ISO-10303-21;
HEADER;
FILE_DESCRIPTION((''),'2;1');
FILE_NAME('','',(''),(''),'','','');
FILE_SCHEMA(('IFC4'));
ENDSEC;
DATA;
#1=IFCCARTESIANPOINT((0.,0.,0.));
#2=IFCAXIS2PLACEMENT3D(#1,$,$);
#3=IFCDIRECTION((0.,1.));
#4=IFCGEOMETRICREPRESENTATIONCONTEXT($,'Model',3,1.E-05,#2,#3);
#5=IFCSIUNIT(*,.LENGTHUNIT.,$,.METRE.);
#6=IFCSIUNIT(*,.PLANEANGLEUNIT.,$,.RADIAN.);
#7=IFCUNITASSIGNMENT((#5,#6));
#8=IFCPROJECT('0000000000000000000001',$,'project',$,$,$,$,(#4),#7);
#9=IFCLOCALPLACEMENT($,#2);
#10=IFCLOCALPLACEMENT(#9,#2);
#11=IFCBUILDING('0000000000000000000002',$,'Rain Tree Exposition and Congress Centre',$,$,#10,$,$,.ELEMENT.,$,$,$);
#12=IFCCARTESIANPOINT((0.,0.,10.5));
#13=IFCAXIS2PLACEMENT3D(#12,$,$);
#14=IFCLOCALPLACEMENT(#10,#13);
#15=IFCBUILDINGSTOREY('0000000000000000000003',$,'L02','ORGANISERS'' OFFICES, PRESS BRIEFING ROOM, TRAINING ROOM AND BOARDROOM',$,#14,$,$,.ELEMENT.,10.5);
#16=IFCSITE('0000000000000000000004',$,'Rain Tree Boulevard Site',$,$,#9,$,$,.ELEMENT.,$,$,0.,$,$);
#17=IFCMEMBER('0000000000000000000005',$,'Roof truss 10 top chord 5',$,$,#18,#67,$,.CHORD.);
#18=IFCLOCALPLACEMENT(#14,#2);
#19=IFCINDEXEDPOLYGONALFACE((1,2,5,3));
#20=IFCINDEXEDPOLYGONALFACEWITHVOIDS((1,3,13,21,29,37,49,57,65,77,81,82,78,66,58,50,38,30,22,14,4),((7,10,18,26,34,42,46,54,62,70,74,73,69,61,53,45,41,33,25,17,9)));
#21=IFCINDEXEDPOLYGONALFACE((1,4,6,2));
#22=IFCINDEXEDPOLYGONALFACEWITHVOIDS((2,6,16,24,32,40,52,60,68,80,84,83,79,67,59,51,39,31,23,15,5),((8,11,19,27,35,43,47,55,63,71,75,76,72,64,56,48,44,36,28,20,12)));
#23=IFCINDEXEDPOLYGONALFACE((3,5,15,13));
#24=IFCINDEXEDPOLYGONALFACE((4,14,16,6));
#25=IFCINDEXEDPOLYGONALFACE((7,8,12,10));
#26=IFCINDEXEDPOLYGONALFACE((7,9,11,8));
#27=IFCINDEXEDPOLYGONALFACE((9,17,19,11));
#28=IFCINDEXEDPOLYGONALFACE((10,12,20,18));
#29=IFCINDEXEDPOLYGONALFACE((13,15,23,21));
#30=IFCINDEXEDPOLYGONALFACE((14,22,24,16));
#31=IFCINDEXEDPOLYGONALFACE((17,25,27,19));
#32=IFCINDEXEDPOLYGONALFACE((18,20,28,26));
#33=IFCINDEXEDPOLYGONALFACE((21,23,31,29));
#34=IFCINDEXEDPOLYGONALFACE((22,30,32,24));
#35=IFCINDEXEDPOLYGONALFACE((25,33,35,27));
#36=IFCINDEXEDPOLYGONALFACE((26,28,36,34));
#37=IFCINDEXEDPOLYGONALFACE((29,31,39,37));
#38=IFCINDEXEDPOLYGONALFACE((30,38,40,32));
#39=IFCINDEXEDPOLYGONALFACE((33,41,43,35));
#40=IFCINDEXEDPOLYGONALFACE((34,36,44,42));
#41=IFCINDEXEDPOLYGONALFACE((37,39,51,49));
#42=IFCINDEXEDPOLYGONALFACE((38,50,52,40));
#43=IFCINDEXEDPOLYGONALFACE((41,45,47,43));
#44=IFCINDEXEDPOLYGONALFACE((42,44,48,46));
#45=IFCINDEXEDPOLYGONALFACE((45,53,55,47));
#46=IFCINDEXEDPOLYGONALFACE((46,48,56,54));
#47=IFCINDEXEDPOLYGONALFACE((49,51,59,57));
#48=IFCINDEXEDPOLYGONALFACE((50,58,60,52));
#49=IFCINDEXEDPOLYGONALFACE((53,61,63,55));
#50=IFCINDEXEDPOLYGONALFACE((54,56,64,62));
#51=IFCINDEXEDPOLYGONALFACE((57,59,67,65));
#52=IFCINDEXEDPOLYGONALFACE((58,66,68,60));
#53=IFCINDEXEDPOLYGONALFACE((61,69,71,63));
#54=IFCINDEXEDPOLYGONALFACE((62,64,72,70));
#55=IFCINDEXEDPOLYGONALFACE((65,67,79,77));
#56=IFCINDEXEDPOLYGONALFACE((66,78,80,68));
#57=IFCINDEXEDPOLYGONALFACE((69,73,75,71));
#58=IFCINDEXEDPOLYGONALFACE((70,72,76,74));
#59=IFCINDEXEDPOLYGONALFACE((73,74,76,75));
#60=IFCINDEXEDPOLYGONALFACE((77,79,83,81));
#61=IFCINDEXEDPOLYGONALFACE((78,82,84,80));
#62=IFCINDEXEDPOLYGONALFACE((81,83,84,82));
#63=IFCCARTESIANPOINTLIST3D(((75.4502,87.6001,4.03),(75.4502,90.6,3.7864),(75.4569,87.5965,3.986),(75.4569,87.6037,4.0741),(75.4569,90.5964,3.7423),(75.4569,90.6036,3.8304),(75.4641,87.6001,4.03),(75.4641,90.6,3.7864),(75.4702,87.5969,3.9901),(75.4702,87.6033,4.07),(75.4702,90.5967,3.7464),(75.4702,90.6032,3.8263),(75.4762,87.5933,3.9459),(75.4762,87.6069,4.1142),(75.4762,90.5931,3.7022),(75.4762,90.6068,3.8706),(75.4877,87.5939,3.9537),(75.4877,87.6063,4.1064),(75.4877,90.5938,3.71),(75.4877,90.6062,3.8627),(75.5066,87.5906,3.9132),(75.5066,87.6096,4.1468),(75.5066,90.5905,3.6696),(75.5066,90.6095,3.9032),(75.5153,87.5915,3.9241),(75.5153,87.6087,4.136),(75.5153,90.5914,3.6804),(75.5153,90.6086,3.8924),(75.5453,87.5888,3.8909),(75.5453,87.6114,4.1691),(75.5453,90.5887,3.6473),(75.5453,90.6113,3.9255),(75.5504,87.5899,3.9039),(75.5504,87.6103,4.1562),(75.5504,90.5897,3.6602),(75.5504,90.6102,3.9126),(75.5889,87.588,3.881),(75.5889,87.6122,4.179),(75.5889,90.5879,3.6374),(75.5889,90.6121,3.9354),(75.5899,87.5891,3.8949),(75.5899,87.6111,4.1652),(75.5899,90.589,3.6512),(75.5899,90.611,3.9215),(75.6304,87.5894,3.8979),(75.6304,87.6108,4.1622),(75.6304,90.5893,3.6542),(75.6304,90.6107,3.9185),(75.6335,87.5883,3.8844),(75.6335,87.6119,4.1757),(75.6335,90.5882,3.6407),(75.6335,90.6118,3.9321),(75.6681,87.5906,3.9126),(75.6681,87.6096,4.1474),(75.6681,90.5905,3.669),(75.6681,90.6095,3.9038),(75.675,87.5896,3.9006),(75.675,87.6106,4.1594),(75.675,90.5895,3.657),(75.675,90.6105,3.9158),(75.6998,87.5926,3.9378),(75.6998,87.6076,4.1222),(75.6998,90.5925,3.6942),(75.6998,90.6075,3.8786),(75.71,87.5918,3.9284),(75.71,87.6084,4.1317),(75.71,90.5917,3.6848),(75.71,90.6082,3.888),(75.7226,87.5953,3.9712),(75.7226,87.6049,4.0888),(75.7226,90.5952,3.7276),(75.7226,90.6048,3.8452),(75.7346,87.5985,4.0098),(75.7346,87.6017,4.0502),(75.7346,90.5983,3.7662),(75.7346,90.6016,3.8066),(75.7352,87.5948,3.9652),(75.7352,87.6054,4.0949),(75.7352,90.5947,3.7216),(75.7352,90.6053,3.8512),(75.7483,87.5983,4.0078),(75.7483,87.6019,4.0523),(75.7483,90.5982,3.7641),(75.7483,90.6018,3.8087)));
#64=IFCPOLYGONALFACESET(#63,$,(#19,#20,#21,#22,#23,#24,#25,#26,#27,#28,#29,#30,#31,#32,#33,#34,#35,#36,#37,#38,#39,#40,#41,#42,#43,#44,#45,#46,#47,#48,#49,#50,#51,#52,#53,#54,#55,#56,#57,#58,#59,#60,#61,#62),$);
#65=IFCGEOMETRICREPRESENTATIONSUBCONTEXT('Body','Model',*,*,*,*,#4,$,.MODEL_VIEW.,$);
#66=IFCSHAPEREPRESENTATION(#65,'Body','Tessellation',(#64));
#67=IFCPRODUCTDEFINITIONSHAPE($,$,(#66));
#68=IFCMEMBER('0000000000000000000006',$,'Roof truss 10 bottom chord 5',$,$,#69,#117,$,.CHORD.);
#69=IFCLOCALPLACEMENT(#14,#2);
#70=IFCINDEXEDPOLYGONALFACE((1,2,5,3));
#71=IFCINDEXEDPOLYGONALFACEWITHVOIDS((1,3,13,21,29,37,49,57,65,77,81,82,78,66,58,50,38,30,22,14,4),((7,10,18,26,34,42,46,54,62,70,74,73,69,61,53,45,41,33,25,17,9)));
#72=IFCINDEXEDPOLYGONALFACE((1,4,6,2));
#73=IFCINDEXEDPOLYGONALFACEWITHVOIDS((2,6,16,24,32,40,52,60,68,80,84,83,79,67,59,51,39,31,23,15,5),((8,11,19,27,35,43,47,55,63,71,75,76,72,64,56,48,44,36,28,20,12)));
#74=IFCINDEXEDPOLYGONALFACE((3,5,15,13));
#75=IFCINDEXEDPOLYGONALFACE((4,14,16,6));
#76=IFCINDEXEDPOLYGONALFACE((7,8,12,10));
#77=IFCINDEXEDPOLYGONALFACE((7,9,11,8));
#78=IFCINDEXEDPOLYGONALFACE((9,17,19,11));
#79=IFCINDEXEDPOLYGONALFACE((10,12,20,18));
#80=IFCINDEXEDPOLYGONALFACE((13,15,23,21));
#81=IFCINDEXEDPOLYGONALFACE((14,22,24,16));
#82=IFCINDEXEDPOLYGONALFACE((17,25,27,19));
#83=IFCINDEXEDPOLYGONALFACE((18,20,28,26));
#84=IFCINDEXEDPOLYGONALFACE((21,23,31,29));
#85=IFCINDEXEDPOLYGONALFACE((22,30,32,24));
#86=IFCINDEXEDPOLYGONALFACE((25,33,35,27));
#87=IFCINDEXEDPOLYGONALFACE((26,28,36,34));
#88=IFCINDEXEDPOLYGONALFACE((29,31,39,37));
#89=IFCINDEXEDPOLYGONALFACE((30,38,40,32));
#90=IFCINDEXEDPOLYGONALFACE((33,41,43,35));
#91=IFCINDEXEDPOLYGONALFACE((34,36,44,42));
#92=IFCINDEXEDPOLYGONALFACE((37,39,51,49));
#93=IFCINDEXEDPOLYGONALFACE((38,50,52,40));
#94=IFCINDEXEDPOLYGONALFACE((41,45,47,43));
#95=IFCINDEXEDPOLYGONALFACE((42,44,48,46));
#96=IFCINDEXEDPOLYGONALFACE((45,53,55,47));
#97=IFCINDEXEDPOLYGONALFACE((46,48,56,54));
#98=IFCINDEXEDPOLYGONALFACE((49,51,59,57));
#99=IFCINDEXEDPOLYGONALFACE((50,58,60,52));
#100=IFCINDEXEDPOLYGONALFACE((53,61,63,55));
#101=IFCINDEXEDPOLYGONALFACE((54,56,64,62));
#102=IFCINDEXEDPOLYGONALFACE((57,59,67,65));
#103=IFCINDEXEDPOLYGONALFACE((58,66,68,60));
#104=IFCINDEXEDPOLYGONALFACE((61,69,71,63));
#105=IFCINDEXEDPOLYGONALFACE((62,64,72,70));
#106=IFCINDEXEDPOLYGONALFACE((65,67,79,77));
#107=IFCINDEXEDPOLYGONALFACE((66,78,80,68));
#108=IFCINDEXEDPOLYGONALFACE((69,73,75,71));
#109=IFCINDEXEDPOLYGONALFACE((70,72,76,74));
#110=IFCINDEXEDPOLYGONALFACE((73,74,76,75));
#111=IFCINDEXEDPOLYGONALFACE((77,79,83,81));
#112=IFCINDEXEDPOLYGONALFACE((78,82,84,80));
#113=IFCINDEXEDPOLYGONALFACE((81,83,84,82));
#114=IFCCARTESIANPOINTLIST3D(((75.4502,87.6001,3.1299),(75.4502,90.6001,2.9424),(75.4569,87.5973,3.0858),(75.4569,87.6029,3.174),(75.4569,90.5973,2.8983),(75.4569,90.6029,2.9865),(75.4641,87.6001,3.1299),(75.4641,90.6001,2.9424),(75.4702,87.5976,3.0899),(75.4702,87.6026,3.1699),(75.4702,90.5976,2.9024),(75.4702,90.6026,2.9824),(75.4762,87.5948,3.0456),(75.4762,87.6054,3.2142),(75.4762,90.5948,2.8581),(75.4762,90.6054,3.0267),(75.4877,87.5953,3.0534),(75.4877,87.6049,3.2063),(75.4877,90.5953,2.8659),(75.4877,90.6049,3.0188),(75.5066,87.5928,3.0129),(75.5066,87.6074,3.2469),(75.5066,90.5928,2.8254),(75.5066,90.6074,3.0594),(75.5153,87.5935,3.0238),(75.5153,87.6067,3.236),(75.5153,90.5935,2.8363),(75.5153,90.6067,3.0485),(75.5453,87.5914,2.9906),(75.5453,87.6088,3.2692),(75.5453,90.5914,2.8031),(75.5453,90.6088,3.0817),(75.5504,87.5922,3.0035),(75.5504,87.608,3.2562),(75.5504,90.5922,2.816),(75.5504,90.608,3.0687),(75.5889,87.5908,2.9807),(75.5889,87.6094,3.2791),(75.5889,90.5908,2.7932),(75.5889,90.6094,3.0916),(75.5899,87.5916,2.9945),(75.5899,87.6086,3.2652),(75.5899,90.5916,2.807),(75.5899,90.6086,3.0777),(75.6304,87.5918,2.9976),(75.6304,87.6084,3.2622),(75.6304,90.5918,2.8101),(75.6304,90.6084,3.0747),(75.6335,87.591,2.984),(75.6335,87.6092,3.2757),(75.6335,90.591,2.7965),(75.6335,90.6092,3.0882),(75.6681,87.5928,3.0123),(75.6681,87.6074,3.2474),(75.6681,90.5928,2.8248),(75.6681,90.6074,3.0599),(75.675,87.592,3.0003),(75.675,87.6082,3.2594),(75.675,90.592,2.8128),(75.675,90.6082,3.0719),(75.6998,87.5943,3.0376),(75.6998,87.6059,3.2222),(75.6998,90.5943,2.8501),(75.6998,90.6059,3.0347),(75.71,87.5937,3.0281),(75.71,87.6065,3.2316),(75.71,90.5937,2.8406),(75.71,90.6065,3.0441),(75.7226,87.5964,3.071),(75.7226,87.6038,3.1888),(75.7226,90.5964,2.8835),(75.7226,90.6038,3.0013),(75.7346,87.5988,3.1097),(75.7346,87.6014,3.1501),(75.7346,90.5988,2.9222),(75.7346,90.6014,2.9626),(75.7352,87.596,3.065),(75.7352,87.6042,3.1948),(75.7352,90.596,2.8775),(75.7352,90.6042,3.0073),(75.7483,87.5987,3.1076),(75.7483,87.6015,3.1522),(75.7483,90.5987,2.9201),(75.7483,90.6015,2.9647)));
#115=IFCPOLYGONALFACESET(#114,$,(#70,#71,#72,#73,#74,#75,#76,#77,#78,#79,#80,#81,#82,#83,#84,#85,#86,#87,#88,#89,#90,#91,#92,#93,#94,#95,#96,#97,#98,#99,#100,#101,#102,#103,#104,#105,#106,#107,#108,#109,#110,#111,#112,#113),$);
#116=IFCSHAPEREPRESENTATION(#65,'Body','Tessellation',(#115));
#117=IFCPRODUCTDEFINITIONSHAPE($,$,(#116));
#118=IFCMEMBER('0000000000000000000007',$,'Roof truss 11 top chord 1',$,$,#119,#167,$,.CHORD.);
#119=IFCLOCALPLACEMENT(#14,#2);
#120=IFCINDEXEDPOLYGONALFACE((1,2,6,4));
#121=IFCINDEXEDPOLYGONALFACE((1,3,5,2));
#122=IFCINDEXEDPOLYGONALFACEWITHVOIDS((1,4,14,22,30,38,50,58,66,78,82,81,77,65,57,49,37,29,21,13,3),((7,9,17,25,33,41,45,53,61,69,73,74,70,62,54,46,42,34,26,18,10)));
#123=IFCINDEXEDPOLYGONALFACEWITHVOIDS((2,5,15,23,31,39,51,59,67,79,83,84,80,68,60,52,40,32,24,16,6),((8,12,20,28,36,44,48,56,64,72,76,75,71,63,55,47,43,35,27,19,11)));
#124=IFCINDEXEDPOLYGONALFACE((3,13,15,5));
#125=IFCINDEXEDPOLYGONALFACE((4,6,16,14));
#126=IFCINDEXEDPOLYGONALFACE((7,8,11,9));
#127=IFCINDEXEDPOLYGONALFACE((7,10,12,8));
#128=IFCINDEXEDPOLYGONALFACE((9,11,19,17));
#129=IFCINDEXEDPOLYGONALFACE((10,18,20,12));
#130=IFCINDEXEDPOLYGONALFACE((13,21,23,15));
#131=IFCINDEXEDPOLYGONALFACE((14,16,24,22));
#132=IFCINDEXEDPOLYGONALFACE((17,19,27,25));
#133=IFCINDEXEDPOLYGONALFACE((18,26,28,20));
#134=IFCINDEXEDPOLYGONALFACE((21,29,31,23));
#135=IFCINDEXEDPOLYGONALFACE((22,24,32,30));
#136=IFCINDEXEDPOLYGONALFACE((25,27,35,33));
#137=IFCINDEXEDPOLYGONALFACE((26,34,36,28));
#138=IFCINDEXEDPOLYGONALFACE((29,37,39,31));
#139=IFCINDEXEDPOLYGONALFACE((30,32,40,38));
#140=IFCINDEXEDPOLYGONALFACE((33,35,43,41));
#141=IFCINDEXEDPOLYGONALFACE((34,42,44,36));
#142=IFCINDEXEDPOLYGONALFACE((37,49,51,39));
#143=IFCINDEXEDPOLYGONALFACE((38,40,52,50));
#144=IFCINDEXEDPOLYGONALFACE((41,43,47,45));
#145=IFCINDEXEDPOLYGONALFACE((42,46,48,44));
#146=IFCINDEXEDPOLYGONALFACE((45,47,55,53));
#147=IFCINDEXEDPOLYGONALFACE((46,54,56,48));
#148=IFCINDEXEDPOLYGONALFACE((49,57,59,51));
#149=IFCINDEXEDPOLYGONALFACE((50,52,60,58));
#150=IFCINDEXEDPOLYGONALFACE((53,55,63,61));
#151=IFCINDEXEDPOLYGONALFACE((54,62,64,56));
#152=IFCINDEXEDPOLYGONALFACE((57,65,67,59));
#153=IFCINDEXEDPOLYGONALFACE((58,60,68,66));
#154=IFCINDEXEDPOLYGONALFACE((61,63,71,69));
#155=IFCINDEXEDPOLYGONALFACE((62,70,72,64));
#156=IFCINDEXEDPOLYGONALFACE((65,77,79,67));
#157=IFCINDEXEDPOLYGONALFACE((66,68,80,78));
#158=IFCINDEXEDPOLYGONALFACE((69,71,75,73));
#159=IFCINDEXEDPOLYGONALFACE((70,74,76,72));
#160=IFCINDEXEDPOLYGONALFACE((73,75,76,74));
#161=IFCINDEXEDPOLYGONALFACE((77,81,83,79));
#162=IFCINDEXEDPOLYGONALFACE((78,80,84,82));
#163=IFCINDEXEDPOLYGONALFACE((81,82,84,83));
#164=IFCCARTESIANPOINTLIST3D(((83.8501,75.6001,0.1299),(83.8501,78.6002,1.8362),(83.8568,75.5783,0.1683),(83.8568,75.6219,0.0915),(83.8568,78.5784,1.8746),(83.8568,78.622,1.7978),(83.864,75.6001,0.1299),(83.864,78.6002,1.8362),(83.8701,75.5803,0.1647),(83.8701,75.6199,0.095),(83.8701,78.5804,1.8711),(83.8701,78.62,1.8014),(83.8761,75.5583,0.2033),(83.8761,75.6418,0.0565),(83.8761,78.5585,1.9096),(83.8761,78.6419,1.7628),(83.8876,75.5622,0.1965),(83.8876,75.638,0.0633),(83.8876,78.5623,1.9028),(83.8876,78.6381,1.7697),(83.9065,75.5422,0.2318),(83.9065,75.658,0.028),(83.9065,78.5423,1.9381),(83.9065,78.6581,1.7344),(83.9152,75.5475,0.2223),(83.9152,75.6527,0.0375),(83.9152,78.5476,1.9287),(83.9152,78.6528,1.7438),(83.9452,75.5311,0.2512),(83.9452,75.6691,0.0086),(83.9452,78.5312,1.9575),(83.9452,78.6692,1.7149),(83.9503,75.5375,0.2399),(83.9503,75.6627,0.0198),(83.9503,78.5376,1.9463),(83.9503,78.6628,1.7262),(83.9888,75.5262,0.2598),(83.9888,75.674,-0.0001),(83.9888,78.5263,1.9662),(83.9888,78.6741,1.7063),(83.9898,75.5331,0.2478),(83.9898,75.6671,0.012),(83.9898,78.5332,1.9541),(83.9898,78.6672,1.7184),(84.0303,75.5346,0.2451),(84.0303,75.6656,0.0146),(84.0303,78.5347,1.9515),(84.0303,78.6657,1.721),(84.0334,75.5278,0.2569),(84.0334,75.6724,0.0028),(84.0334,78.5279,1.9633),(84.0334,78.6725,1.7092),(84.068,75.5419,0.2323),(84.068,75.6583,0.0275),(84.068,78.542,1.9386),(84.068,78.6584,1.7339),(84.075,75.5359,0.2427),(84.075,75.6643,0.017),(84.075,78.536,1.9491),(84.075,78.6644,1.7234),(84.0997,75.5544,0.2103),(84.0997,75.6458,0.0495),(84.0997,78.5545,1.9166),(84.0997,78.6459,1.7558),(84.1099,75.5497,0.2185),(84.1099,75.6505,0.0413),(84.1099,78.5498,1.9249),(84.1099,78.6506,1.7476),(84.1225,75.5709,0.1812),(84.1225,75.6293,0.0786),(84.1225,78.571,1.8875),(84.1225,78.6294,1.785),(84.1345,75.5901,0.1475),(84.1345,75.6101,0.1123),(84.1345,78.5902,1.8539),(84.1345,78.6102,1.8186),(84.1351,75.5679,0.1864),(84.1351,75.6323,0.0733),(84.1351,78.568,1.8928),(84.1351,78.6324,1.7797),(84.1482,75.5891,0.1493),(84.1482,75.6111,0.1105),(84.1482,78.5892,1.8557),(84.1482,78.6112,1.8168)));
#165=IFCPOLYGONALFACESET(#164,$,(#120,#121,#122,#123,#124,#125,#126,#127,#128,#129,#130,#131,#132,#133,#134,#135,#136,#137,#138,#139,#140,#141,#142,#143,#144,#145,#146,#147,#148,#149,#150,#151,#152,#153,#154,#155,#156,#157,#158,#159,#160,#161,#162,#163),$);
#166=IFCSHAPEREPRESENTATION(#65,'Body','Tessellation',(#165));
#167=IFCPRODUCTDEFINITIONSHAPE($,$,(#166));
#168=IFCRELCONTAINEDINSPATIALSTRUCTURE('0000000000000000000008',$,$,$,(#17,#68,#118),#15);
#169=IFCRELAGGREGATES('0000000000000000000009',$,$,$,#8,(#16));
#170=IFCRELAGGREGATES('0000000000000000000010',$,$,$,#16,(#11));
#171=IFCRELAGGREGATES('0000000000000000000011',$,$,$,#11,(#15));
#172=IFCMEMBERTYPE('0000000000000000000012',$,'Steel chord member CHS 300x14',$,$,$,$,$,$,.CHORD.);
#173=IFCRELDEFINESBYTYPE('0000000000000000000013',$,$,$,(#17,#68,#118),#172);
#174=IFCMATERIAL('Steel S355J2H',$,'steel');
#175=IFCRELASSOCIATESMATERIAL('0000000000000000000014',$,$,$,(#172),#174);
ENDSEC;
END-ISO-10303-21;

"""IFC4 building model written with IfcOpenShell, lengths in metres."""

from ifc_helpers import new_model, si_unit, direction, frame, origin, origin_2d, place, context, subcontext, project, spatial, hollow_circle, extrude, material, material_profile, profile_set, type_object, element, save


model = new_model("IFC4")

# Units and contexts
model_context = context("Model", 3, precision=1e-05, world=origin(), true_north=direction((0.0, 1.0)))
body_context = subcontext(model_context, "Body", "Model", "MODEL_VIEW")
ifc_project = project(units=[si_unit("LENGTHUNIT", "METRE"), si_unit("PLANEANGLEUNIT", "RADIAN")], contexts=[model_context])

# Site, building, storey
site_placement = place(None, origin())
site = spatial("IfcSite", under=ifc_project, at=site_placement, Name="Rain Tree Boulevard Site", CompositionType="ELEMENT", RefElevation=0.0)
building_placement = place(site_placement, origin())
building = spatial("IfcBuilding", under=site, at=building_placement, Name="Rain Tree Exposition and Congress Centre", CompositionType="ELEMENT")
storey_placement = place(building_placement, frame((0.0, 0.0, 10.5)))
storey = spatial("IfcBuildingStorey", under=building, at=storey_placement, Name="L02", Description="ORGANISERS' OFFICES, PRESS BRIEFING ROOM, TRAINING ROOM AND BOARDROOM", CompositionType="ELEMENT", Elevation=10.5)

# Members
ifc_material_1 = material(Name="Steel S355J2H", Category="steel")
ifc_material_profile_1 = material_profile(ifc_material_1, hollow_circle(Radius=0.1499, WallThickness=0.0139, at=origin_2d()), Name="CHS 300x14")
ifc_profile_set_1 = profile_set([ifc_material_profile_1], Name="Steel S355J2H")
member_type_1 = type_object("IfcMemberType", Name="Steel chord member CHS 300x14", PredefinedType="CHORD", material=ifc_profile_set_1)
member_1_placement = place(storey_placement, frame((75.6001, 87.6001, 4.03), z_axis=(0.0, 0.996718, -0.080951), x_axis=(-1.0, 0.0, 0.0)))
element("IfcMember", 1, at=member_1_placement, inside=storey, type_object=member_type_1, Name="Roof truss 10 top chord 5", PredefinedType="CHORD", context=body_context, shape_type="SweptSolid", body=[
    extrude(hollow_circle(Radius=0.1499, WallThickness=0.0139, at=origin_2d()), origin(), (0.0, 0.0, 1.0), 3.0098),
])
member_2_placement = place(storey_placement, frame((75.6001, 87.6001, 3.1299), z_axis=(0.0, 0.998053, -0.062378), x_axis=(-1.0, 0.0, 0.0)))
element("IfcMember", 2, at=member_2_placement, inside=storey, type_object=member_type_1, Name="Roof truss 10 bottom chord 5", PredefinedType="CHORD", context=body_context, shape_type="SweptSolid", body=[
    extrude(hollow_circle(Radius=0.1499, WallThickness=0.0139, at=origin_2d()), origin(), (0.0, 0.0, 1.0), 3.0059),
])
member_3_placement = place(storey_placement, frame((84.0, 75.6001, 0.1299), z_axis=(0.0, 0.869238, 0.494393), x_axis=(-1.0, 0.0, 0.0)))
element("IfcMember", 3, at=member_3_placement, inside=storey, type_object=member_type_1, Name="Roof truss 11 top chord 1", PredefinedType="CHORD", context=body_context, shape_type="SweptSolid", body=[
    extrude(hollow_circle(Radius=0.1499, WallThickness=0.0139, at=origin_2d()), origin(), (0.0, 0.0, 1.0), 3.4514),
])

save(model, "model.ifc")
